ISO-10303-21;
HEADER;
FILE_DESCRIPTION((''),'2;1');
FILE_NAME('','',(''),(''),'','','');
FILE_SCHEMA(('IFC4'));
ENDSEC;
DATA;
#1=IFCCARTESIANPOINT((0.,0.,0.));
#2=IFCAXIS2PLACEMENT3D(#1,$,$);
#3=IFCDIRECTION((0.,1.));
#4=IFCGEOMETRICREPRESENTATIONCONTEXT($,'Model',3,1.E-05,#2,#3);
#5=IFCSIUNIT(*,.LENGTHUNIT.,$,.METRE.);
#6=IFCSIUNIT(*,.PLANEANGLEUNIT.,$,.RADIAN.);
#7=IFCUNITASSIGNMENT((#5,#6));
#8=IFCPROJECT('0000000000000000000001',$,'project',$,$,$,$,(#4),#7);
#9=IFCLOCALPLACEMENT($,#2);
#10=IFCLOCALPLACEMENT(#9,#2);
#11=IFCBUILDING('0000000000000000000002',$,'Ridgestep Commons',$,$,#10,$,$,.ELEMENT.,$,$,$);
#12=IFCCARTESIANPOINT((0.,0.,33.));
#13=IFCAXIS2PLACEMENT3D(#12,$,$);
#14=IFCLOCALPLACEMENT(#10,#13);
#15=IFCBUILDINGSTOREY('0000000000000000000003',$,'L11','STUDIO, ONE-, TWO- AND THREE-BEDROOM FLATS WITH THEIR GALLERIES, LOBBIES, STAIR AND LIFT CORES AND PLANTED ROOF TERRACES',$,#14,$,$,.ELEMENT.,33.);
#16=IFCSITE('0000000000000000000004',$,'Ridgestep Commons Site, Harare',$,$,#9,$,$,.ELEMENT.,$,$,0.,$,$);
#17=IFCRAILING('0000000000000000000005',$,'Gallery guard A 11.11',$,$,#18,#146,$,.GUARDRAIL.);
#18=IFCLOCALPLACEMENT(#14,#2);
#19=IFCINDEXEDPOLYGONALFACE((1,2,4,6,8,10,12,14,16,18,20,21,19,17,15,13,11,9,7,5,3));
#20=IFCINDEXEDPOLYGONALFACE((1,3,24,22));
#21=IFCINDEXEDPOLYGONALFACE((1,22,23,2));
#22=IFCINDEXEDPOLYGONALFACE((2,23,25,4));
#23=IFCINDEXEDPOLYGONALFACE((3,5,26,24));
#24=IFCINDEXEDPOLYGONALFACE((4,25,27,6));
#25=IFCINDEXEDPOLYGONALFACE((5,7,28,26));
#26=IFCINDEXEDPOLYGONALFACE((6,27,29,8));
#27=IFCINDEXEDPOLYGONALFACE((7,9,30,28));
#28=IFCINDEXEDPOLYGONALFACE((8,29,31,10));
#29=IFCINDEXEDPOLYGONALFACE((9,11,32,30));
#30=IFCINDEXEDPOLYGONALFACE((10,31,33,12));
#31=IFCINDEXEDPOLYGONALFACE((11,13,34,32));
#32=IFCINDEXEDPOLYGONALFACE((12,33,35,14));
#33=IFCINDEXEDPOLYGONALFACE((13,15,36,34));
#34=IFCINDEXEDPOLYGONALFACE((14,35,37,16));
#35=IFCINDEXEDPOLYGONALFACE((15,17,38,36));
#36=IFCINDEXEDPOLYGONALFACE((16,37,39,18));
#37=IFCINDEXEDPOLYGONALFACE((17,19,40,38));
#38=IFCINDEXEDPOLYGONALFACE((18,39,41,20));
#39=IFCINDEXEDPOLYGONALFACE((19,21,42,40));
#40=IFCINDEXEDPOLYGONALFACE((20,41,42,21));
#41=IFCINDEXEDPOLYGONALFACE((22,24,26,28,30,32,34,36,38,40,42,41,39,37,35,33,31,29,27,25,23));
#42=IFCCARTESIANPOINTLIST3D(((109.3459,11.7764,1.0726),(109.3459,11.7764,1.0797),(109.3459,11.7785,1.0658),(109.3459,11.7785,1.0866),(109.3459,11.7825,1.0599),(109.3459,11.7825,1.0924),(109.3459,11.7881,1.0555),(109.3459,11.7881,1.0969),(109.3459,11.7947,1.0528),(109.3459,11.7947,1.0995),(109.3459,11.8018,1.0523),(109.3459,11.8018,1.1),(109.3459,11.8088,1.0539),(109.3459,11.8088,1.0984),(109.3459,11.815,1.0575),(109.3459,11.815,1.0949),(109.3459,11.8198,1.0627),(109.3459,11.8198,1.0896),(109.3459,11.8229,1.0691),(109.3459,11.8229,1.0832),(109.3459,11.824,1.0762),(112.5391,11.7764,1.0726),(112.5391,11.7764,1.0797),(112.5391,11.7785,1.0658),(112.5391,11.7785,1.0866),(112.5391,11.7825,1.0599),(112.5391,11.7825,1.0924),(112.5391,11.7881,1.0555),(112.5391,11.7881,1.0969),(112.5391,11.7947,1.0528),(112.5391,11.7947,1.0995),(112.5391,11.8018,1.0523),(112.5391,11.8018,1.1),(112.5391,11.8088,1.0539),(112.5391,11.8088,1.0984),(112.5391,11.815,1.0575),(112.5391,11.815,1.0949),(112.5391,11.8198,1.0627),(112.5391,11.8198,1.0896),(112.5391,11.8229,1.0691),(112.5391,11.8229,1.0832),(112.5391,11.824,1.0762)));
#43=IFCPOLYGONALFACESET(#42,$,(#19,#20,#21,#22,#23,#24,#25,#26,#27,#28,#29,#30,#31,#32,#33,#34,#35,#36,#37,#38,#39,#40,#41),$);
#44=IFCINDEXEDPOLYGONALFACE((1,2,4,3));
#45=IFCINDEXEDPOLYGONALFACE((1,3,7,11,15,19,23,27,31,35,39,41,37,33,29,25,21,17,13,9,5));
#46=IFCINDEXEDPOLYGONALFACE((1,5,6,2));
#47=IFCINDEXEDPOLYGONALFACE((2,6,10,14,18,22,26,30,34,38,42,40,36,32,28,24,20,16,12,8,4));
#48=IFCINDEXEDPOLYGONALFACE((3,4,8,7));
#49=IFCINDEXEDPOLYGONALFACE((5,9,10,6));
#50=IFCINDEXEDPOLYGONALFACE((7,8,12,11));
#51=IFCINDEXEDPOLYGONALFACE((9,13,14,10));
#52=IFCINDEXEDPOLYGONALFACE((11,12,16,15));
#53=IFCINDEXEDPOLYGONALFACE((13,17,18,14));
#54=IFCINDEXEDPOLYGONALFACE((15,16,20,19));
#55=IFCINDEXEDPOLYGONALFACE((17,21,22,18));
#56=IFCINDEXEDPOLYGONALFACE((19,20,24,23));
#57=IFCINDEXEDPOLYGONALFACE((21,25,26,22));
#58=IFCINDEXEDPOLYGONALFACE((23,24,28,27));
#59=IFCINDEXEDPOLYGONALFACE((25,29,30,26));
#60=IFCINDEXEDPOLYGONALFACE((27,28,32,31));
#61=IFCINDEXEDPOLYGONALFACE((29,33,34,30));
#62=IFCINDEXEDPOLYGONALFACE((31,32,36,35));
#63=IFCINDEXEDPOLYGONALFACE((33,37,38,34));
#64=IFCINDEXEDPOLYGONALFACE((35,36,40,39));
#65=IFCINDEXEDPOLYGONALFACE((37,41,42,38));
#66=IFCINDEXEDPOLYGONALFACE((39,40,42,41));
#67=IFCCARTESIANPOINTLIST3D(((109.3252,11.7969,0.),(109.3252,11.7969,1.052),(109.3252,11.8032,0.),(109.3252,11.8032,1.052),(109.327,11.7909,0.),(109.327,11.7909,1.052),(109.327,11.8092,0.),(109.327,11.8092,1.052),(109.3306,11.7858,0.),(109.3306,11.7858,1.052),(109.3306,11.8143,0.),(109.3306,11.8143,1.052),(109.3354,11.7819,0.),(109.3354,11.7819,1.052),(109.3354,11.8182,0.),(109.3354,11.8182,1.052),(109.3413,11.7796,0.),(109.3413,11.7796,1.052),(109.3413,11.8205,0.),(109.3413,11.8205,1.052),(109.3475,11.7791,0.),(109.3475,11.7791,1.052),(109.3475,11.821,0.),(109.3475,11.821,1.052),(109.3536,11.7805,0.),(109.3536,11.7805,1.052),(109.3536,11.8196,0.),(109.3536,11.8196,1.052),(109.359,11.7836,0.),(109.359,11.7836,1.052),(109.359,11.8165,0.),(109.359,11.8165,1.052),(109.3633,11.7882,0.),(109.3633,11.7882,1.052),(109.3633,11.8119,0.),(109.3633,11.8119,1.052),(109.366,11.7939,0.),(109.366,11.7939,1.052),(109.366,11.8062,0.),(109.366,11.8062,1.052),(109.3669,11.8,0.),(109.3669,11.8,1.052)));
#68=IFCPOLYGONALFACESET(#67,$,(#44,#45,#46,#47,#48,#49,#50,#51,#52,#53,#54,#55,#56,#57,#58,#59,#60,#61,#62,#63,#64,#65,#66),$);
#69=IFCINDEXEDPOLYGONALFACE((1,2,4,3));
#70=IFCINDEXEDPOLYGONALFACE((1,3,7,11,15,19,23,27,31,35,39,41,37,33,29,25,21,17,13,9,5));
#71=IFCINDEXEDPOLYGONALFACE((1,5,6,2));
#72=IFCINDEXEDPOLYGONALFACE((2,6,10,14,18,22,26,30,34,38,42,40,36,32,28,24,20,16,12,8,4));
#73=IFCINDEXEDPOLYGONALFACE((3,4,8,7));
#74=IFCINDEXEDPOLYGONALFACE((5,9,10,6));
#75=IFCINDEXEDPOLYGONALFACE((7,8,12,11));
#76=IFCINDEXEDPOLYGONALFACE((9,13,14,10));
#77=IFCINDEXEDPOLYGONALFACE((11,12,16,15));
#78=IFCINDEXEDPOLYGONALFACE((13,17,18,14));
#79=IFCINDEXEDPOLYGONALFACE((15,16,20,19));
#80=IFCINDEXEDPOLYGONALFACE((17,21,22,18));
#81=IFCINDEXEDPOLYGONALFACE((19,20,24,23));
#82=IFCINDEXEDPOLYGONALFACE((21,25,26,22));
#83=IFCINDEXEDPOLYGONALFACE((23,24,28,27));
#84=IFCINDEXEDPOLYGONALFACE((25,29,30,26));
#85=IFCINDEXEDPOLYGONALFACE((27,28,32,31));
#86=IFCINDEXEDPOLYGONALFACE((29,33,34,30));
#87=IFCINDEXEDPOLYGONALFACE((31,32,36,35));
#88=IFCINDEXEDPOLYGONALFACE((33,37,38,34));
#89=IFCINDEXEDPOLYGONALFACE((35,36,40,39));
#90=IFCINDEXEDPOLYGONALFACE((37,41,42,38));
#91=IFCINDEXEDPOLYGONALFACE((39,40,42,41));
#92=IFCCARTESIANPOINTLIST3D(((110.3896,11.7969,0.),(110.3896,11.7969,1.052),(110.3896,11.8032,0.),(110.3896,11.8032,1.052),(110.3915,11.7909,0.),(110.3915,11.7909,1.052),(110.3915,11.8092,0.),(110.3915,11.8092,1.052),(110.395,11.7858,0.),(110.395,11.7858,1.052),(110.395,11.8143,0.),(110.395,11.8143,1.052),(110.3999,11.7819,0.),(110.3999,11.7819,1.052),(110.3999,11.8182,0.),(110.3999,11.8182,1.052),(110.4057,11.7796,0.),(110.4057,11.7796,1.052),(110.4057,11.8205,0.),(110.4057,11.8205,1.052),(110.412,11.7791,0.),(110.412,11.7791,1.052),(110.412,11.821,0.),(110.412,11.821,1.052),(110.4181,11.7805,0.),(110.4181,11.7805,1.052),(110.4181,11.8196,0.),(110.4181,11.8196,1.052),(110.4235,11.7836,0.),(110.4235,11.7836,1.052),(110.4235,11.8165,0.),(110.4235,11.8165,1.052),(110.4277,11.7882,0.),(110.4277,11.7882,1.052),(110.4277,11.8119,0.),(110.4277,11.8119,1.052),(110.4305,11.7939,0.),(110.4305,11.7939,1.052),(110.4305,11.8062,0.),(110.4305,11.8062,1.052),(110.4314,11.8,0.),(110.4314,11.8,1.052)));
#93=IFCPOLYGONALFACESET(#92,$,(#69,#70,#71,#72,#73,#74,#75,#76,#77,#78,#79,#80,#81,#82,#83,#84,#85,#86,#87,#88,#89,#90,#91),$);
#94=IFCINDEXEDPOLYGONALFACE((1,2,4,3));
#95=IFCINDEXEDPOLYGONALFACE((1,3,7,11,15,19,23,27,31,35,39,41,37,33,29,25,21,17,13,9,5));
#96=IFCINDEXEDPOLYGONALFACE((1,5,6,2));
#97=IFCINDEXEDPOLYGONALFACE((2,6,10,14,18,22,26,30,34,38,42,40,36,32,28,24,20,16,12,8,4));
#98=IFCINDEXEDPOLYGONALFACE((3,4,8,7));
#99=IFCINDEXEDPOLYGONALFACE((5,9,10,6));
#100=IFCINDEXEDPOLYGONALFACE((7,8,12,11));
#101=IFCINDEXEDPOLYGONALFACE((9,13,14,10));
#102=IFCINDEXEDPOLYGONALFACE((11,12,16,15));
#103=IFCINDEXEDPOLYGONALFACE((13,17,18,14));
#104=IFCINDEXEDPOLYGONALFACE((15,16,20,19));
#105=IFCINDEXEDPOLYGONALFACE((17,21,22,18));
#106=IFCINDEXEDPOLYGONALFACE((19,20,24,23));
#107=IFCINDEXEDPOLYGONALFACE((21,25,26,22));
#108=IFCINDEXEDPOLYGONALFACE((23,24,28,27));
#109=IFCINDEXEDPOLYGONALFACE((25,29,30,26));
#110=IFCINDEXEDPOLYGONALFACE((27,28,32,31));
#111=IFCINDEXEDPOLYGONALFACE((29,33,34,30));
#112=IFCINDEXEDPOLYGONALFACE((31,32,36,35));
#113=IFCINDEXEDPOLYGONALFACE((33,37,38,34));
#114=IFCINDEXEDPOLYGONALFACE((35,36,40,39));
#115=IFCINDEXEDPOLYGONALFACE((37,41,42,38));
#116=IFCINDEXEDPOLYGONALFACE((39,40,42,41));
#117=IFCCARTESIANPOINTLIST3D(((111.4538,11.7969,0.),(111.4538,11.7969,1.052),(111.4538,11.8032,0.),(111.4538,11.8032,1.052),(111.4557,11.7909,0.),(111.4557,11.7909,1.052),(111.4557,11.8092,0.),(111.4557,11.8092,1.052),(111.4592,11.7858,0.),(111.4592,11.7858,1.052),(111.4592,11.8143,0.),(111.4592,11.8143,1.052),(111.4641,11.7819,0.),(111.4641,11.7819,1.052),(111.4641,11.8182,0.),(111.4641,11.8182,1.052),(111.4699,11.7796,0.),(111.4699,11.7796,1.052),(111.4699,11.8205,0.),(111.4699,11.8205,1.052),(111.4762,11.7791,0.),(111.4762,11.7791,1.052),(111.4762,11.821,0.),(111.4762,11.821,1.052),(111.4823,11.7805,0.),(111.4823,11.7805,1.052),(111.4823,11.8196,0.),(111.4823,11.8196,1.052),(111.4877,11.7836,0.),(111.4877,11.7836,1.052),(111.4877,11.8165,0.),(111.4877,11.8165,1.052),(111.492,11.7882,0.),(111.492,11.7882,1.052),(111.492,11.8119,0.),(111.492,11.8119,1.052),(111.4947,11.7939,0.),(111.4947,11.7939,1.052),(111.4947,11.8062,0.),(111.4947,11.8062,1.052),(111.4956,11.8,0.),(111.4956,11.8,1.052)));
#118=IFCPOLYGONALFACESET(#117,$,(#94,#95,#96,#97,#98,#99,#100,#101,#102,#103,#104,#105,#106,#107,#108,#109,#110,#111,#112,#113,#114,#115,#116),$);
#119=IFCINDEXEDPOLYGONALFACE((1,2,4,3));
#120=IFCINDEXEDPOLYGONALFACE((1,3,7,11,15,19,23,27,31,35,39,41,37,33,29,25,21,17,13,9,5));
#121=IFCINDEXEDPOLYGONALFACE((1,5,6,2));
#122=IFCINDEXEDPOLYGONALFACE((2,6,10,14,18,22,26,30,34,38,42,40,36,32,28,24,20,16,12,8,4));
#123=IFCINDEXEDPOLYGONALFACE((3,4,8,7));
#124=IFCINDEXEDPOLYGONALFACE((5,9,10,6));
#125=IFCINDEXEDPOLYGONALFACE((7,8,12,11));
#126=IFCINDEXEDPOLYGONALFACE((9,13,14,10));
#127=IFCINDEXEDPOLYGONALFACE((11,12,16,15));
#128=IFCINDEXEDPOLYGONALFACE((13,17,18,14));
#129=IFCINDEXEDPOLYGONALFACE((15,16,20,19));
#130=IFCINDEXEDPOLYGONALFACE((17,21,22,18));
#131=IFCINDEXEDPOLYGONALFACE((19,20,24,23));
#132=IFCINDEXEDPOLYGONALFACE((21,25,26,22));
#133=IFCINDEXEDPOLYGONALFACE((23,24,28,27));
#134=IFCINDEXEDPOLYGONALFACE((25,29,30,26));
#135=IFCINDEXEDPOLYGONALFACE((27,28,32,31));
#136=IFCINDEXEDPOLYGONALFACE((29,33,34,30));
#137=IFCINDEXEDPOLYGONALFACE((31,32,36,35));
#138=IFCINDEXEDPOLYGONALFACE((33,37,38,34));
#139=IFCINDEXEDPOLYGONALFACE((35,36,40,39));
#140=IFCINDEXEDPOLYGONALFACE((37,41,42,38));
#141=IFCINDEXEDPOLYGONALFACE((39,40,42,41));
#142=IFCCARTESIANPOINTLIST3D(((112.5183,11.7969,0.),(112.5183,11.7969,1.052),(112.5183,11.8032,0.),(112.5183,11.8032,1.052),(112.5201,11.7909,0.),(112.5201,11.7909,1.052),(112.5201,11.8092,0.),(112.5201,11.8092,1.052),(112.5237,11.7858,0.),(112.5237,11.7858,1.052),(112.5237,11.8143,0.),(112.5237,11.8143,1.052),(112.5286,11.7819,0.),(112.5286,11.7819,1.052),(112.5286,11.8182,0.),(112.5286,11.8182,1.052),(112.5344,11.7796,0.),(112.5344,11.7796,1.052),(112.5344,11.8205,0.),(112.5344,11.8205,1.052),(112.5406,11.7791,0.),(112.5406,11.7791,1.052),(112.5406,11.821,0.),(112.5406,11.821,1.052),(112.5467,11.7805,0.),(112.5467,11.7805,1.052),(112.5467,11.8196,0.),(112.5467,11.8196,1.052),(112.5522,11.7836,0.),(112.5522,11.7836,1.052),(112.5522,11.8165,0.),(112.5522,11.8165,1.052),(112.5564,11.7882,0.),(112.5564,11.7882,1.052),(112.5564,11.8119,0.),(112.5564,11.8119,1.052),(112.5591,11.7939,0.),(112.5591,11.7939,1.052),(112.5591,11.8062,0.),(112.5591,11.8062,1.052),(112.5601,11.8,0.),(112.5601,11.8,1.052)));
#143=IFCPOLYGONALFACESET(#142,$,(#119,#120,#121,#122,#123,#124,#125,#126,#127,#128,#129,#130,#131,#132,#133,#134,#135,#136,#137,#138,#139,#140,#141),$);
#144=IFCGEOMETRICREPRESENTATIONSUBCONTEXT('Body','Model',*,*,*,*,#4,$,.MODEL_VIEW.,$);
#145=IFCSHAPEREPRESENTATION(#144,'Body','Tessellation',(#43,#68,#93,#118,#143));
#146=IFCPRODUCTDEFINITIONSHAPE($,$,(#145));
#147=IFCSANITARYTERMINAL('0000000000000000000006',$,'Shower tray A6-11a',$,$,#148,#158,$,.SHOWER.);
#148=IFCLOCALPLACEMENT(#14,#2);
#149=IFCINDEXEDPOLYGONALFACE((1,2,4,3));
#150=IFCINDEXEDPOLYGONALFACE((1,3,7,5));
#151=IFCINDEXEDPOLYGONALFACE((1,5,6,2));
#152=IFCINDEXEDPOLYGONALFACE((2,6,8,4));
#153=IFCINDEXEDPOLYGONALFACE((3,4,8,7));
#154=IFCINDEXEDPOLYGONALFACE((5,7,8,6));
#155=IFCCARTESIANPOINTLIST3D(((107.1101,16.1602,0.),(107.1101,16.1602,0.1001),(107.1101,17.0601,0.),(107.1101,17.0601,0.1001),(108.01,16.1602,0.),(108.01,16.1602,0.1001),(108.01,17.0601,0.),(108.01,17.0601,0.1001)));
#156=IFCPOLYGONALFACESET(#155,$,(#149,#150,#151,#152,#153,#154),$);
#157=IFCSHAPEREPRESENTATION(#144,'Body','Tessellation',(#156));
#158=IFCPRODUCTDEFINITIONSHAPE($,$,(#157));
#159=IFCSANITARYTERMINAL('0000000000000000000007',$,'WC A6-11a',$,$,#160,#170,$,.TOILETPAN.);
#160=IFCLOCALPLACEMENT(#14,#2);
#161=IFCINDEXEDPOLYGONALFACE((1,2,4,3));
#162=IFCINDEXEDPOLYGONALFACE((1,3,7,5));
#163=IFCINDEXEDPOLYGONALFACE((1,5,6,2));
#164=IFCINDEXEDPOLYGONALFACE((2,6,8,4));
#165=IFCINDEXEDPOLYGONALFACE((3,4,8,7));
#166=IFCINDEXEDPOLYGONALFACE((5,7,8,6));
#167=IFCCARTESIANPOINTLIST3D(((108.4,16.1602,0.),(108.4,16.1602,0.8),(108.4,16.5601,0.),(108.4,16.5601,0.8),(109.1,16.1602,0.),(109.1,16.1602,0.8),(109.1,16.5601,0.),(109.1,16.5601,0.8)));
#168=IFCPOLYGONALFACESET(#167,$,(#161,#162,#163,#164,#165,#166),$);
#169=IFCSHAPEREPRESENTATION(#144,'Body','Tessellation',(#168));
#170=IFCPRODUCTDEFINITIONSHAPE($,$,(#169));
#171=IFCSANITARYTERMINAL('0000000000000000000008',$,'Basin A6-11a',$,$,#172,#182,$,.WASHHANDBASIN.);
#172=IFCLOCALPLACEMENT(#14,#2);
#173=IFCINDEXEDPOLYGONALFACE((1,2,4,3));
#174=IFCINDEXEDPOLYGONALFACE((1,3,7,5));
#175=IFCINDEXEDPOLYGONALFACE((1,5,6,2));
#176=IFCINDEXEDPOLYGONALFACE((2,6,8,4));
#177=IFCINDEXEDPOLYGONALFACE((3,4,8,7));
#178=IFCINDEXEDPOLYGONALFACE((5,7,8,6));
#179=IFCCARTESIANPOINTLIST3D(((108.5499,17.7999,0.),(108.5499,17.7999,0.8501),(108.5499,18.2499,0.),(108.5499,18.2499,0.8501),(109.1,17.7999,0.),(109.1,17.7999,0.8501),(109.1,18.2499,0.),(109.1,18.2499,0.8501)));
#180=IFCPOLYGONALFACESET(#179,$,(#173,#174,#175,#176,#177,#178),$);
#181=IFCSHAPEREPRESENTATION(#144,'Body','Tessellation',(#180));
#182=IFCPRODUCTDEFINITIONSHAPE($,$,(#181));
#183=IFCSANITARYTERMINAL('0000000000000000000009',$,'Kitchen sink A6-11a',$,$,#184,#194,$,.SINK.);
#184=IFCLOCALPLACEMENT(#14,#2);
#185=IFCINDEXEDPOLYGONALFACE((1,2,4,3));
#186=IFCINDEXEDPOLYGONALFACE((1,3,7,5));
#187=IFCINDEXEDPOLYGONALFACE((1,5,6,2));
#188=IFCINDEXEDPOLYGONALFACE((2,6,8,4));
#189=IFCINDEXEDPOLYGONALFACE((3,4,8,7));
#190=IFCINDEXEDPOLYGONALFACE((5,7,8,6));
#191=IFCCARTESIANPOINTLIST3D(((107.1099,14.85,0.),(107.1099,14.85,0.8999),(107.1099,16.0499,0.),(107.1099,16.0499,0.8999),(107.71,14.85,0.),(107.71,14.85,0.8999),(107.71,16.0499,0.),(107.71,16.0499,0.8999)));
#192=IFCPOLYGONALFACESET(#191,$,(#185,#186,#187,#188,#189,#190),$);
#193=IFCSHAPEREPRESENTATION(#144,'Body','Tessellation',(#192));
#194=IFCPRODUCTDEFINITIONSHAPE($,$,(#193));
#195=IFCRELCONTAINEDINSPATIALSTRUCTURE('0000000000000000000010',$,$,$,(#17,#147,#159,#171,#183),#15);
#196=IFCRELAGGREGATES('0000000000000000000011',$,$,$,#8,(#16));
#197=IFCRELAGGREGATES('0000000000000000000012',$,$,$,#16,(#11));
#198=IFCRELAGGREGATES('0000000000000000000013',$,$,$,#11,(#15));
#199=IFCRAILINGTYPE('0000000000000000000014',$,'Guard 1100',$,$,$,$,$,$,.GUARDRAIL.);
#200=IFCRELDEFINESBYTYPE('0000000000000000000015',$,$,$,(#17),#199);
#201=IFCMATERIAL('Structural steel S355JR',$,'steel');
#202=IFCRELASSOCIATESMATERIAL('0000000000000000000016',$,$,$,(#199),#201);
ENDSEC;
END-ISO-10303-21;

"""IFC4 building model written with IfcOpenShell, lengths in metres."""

from ifc_helpers import new_model, si_unit, direction, frame, origin, origin_2d, place, context, subcontext, project, spatial, rectangle, circle, extrude, material, type_object, element, save


model = new_model("IFC4")

# Units and contexts
model_context = context("Model", 3, precision=1e-05, world=origin(), true_north=direction((0.0, 1.0)))
body_context = subcontext(model_context, "Body", "Model", "MODEL_VIEW")
ifc_project = project(units=[si_unit("LENGTHUNIT", "METRE"), si_unit("PLANEANGLEUNIT", "RADIAN")], contexts=[model_context])

# Site, building, storey
site_placement = place(None, origin())
site = spatial("IfcSite", under=ifc_project, at=site_placement, Name="Ridgestep Commons Site, Harare", CompositionType="ELEMENT", RefElevation=0.0)
building_placement = place(site_placement, origin())
building = spatial("IfcBuilding", under=site, at=building_placement, Name="Ridgestep Commons", CompositionType="ELEMENT")
storey_placement = place(building_placement, frame((0.0, 0.0, 33.0)))
storey = spatial("IfcBuildingStorey", under=building, at=storey_placement, Name="L11", Description="STUDIO, ONE-, TWO- AND THREE-BEDROOM FLATS WITH THEIR GALLERIES, LOBBIES, STAIR AND LIFT CORES AND PLANTED ROOF TERRACES", CompositionType="ELEMENT", Elevation=33.0)

# Railing
ifc_material_1 = material(Name="Structural steel S355JR", Category="steel")
railing_type = type_object("IfcRailingType", Name="Guard 1100", PredefinedType="GUARDRAIL", material=ifc_material_1)
railing_1_placement = place(storey_placement, frame((109.3459, 11.8, 0.0)))
element("IfcRailing", 1, at=railing_1_placement, inside=storey, type_object=railing_type, Name="Gallery guard A 11.11", PredefinedType="GUARDRAIL", context=body_context, shape_type="SweptSolid", body=[
    extrude(circle(Radius=0.0239, at=origin_2d()), frame((0.0, 0.0, 1.0762), z_axis=(1.0, 0.0, 0.0), x_axis=(0.0, 1.0, 0.0)), (0.0, 0.0, 1.0), 3.1931),
    extrude(circle(Radius=0.021, at=origin_2d()), origin(), (0.0, 0.0, 1.0), 1.052),
    extrude(circle(Radius=0.021, at=origin_2d()), frame((1.0645, 0.0, 0.0)), (0.0, 0.0, 1.0), 1.052),
    extrude(circle(Radius=0.021, at=origin_2d()), frame((2.1287, 0.0, 0.0)), (0.0, 0.0, 1.0), 1.052),
    extrude(circle(Radius=0.021, at=origin_2d()), frame((3.1931, 0.0, 0.0)), (0.0, 0.0, 1.0), 1.052),
])

# Sanitary terminals
sanitary_terminal_1_placement = place(storey_placement, frame((107.5601, 16.6101, 0.0), z_axis=(0.0, 0.0, 1.0), x_axis=(1.0, 0.0, 0.0)))
element("IfcSanitaryTerminal", 2, at=sanitary_terminal_1_placement, inside=storey, Name="Shower tray A6-11a", PredefinedType="SHOWER", context=body_context, shape_type="SweptSolid", body=[
    extrude(rectangle(XDim=0.8999, YDim=0.8999, at=origin_2d()), origin(), (0.0, 0.0, 1.0), 0.1001),
])
sanitary_terminal_2_placement = place(storey_placement, frame((108.75, 16.3601, 0.0), z_axis=(0.0, 0.0, 1.0), x_axis=(1.0, 0.0, 0.0)))
element("IfcSanitaryTerminal", 3, at=sanitary_terminal_2_placement, inside=storey, Name="WC A6-11a", PredefinedType="TOILETPAN", context=body_context, shape_type="SweptSolid", body=[
    extrude(rectangle(XDim=0.7, YDim=0.3999, at=origin_2d()), origin(), (0.0, 0.0, 1.0), 0.8),
])
sanitary_terminal_3_placement = place(storey_placement, frame((108.825, 18.0249, 0.0), z_axis=(0.0, 0.0, 1.0), x_axis=(1.0, 0.0, 0.0)))
element("IfcSanitaryTerminal", 4, at=sanitary_terminal_3_placement, inside=storey, Name="Basin A6-11a", PredefinedType="WASHHANDBASIN", context=body_context, shape_type="SweptSolid", body=[
    extrude(rectangle(XDim=0.55, YDim=0.45, at=origin_2d()), origin(), (0.0, 0.0, 1.0), 0.8501),
])
sanitary_terminal_4_placement = place(storey_placement, frame((107.4099, 15.45, 0.0), z_axis=(0.0, 0.0, 1.0), x_axis=(1.0, 0.0, 0.0)))
element("IfcSanitaryTerminal", 5, at=sanitary_terminal_4_placement, inside=storey, Name="Kitchen sink A6-11a", PredefinedType="SINK", context=body_context, shape_type="SweptSolid", body=[
    extrude(rectangle(XDim=0.6001, YDim=1.2, at=origin_2d()), origin(), (0.0, 0.0, 1.0), 0.8999),
])

save(model, "model.ifc")
